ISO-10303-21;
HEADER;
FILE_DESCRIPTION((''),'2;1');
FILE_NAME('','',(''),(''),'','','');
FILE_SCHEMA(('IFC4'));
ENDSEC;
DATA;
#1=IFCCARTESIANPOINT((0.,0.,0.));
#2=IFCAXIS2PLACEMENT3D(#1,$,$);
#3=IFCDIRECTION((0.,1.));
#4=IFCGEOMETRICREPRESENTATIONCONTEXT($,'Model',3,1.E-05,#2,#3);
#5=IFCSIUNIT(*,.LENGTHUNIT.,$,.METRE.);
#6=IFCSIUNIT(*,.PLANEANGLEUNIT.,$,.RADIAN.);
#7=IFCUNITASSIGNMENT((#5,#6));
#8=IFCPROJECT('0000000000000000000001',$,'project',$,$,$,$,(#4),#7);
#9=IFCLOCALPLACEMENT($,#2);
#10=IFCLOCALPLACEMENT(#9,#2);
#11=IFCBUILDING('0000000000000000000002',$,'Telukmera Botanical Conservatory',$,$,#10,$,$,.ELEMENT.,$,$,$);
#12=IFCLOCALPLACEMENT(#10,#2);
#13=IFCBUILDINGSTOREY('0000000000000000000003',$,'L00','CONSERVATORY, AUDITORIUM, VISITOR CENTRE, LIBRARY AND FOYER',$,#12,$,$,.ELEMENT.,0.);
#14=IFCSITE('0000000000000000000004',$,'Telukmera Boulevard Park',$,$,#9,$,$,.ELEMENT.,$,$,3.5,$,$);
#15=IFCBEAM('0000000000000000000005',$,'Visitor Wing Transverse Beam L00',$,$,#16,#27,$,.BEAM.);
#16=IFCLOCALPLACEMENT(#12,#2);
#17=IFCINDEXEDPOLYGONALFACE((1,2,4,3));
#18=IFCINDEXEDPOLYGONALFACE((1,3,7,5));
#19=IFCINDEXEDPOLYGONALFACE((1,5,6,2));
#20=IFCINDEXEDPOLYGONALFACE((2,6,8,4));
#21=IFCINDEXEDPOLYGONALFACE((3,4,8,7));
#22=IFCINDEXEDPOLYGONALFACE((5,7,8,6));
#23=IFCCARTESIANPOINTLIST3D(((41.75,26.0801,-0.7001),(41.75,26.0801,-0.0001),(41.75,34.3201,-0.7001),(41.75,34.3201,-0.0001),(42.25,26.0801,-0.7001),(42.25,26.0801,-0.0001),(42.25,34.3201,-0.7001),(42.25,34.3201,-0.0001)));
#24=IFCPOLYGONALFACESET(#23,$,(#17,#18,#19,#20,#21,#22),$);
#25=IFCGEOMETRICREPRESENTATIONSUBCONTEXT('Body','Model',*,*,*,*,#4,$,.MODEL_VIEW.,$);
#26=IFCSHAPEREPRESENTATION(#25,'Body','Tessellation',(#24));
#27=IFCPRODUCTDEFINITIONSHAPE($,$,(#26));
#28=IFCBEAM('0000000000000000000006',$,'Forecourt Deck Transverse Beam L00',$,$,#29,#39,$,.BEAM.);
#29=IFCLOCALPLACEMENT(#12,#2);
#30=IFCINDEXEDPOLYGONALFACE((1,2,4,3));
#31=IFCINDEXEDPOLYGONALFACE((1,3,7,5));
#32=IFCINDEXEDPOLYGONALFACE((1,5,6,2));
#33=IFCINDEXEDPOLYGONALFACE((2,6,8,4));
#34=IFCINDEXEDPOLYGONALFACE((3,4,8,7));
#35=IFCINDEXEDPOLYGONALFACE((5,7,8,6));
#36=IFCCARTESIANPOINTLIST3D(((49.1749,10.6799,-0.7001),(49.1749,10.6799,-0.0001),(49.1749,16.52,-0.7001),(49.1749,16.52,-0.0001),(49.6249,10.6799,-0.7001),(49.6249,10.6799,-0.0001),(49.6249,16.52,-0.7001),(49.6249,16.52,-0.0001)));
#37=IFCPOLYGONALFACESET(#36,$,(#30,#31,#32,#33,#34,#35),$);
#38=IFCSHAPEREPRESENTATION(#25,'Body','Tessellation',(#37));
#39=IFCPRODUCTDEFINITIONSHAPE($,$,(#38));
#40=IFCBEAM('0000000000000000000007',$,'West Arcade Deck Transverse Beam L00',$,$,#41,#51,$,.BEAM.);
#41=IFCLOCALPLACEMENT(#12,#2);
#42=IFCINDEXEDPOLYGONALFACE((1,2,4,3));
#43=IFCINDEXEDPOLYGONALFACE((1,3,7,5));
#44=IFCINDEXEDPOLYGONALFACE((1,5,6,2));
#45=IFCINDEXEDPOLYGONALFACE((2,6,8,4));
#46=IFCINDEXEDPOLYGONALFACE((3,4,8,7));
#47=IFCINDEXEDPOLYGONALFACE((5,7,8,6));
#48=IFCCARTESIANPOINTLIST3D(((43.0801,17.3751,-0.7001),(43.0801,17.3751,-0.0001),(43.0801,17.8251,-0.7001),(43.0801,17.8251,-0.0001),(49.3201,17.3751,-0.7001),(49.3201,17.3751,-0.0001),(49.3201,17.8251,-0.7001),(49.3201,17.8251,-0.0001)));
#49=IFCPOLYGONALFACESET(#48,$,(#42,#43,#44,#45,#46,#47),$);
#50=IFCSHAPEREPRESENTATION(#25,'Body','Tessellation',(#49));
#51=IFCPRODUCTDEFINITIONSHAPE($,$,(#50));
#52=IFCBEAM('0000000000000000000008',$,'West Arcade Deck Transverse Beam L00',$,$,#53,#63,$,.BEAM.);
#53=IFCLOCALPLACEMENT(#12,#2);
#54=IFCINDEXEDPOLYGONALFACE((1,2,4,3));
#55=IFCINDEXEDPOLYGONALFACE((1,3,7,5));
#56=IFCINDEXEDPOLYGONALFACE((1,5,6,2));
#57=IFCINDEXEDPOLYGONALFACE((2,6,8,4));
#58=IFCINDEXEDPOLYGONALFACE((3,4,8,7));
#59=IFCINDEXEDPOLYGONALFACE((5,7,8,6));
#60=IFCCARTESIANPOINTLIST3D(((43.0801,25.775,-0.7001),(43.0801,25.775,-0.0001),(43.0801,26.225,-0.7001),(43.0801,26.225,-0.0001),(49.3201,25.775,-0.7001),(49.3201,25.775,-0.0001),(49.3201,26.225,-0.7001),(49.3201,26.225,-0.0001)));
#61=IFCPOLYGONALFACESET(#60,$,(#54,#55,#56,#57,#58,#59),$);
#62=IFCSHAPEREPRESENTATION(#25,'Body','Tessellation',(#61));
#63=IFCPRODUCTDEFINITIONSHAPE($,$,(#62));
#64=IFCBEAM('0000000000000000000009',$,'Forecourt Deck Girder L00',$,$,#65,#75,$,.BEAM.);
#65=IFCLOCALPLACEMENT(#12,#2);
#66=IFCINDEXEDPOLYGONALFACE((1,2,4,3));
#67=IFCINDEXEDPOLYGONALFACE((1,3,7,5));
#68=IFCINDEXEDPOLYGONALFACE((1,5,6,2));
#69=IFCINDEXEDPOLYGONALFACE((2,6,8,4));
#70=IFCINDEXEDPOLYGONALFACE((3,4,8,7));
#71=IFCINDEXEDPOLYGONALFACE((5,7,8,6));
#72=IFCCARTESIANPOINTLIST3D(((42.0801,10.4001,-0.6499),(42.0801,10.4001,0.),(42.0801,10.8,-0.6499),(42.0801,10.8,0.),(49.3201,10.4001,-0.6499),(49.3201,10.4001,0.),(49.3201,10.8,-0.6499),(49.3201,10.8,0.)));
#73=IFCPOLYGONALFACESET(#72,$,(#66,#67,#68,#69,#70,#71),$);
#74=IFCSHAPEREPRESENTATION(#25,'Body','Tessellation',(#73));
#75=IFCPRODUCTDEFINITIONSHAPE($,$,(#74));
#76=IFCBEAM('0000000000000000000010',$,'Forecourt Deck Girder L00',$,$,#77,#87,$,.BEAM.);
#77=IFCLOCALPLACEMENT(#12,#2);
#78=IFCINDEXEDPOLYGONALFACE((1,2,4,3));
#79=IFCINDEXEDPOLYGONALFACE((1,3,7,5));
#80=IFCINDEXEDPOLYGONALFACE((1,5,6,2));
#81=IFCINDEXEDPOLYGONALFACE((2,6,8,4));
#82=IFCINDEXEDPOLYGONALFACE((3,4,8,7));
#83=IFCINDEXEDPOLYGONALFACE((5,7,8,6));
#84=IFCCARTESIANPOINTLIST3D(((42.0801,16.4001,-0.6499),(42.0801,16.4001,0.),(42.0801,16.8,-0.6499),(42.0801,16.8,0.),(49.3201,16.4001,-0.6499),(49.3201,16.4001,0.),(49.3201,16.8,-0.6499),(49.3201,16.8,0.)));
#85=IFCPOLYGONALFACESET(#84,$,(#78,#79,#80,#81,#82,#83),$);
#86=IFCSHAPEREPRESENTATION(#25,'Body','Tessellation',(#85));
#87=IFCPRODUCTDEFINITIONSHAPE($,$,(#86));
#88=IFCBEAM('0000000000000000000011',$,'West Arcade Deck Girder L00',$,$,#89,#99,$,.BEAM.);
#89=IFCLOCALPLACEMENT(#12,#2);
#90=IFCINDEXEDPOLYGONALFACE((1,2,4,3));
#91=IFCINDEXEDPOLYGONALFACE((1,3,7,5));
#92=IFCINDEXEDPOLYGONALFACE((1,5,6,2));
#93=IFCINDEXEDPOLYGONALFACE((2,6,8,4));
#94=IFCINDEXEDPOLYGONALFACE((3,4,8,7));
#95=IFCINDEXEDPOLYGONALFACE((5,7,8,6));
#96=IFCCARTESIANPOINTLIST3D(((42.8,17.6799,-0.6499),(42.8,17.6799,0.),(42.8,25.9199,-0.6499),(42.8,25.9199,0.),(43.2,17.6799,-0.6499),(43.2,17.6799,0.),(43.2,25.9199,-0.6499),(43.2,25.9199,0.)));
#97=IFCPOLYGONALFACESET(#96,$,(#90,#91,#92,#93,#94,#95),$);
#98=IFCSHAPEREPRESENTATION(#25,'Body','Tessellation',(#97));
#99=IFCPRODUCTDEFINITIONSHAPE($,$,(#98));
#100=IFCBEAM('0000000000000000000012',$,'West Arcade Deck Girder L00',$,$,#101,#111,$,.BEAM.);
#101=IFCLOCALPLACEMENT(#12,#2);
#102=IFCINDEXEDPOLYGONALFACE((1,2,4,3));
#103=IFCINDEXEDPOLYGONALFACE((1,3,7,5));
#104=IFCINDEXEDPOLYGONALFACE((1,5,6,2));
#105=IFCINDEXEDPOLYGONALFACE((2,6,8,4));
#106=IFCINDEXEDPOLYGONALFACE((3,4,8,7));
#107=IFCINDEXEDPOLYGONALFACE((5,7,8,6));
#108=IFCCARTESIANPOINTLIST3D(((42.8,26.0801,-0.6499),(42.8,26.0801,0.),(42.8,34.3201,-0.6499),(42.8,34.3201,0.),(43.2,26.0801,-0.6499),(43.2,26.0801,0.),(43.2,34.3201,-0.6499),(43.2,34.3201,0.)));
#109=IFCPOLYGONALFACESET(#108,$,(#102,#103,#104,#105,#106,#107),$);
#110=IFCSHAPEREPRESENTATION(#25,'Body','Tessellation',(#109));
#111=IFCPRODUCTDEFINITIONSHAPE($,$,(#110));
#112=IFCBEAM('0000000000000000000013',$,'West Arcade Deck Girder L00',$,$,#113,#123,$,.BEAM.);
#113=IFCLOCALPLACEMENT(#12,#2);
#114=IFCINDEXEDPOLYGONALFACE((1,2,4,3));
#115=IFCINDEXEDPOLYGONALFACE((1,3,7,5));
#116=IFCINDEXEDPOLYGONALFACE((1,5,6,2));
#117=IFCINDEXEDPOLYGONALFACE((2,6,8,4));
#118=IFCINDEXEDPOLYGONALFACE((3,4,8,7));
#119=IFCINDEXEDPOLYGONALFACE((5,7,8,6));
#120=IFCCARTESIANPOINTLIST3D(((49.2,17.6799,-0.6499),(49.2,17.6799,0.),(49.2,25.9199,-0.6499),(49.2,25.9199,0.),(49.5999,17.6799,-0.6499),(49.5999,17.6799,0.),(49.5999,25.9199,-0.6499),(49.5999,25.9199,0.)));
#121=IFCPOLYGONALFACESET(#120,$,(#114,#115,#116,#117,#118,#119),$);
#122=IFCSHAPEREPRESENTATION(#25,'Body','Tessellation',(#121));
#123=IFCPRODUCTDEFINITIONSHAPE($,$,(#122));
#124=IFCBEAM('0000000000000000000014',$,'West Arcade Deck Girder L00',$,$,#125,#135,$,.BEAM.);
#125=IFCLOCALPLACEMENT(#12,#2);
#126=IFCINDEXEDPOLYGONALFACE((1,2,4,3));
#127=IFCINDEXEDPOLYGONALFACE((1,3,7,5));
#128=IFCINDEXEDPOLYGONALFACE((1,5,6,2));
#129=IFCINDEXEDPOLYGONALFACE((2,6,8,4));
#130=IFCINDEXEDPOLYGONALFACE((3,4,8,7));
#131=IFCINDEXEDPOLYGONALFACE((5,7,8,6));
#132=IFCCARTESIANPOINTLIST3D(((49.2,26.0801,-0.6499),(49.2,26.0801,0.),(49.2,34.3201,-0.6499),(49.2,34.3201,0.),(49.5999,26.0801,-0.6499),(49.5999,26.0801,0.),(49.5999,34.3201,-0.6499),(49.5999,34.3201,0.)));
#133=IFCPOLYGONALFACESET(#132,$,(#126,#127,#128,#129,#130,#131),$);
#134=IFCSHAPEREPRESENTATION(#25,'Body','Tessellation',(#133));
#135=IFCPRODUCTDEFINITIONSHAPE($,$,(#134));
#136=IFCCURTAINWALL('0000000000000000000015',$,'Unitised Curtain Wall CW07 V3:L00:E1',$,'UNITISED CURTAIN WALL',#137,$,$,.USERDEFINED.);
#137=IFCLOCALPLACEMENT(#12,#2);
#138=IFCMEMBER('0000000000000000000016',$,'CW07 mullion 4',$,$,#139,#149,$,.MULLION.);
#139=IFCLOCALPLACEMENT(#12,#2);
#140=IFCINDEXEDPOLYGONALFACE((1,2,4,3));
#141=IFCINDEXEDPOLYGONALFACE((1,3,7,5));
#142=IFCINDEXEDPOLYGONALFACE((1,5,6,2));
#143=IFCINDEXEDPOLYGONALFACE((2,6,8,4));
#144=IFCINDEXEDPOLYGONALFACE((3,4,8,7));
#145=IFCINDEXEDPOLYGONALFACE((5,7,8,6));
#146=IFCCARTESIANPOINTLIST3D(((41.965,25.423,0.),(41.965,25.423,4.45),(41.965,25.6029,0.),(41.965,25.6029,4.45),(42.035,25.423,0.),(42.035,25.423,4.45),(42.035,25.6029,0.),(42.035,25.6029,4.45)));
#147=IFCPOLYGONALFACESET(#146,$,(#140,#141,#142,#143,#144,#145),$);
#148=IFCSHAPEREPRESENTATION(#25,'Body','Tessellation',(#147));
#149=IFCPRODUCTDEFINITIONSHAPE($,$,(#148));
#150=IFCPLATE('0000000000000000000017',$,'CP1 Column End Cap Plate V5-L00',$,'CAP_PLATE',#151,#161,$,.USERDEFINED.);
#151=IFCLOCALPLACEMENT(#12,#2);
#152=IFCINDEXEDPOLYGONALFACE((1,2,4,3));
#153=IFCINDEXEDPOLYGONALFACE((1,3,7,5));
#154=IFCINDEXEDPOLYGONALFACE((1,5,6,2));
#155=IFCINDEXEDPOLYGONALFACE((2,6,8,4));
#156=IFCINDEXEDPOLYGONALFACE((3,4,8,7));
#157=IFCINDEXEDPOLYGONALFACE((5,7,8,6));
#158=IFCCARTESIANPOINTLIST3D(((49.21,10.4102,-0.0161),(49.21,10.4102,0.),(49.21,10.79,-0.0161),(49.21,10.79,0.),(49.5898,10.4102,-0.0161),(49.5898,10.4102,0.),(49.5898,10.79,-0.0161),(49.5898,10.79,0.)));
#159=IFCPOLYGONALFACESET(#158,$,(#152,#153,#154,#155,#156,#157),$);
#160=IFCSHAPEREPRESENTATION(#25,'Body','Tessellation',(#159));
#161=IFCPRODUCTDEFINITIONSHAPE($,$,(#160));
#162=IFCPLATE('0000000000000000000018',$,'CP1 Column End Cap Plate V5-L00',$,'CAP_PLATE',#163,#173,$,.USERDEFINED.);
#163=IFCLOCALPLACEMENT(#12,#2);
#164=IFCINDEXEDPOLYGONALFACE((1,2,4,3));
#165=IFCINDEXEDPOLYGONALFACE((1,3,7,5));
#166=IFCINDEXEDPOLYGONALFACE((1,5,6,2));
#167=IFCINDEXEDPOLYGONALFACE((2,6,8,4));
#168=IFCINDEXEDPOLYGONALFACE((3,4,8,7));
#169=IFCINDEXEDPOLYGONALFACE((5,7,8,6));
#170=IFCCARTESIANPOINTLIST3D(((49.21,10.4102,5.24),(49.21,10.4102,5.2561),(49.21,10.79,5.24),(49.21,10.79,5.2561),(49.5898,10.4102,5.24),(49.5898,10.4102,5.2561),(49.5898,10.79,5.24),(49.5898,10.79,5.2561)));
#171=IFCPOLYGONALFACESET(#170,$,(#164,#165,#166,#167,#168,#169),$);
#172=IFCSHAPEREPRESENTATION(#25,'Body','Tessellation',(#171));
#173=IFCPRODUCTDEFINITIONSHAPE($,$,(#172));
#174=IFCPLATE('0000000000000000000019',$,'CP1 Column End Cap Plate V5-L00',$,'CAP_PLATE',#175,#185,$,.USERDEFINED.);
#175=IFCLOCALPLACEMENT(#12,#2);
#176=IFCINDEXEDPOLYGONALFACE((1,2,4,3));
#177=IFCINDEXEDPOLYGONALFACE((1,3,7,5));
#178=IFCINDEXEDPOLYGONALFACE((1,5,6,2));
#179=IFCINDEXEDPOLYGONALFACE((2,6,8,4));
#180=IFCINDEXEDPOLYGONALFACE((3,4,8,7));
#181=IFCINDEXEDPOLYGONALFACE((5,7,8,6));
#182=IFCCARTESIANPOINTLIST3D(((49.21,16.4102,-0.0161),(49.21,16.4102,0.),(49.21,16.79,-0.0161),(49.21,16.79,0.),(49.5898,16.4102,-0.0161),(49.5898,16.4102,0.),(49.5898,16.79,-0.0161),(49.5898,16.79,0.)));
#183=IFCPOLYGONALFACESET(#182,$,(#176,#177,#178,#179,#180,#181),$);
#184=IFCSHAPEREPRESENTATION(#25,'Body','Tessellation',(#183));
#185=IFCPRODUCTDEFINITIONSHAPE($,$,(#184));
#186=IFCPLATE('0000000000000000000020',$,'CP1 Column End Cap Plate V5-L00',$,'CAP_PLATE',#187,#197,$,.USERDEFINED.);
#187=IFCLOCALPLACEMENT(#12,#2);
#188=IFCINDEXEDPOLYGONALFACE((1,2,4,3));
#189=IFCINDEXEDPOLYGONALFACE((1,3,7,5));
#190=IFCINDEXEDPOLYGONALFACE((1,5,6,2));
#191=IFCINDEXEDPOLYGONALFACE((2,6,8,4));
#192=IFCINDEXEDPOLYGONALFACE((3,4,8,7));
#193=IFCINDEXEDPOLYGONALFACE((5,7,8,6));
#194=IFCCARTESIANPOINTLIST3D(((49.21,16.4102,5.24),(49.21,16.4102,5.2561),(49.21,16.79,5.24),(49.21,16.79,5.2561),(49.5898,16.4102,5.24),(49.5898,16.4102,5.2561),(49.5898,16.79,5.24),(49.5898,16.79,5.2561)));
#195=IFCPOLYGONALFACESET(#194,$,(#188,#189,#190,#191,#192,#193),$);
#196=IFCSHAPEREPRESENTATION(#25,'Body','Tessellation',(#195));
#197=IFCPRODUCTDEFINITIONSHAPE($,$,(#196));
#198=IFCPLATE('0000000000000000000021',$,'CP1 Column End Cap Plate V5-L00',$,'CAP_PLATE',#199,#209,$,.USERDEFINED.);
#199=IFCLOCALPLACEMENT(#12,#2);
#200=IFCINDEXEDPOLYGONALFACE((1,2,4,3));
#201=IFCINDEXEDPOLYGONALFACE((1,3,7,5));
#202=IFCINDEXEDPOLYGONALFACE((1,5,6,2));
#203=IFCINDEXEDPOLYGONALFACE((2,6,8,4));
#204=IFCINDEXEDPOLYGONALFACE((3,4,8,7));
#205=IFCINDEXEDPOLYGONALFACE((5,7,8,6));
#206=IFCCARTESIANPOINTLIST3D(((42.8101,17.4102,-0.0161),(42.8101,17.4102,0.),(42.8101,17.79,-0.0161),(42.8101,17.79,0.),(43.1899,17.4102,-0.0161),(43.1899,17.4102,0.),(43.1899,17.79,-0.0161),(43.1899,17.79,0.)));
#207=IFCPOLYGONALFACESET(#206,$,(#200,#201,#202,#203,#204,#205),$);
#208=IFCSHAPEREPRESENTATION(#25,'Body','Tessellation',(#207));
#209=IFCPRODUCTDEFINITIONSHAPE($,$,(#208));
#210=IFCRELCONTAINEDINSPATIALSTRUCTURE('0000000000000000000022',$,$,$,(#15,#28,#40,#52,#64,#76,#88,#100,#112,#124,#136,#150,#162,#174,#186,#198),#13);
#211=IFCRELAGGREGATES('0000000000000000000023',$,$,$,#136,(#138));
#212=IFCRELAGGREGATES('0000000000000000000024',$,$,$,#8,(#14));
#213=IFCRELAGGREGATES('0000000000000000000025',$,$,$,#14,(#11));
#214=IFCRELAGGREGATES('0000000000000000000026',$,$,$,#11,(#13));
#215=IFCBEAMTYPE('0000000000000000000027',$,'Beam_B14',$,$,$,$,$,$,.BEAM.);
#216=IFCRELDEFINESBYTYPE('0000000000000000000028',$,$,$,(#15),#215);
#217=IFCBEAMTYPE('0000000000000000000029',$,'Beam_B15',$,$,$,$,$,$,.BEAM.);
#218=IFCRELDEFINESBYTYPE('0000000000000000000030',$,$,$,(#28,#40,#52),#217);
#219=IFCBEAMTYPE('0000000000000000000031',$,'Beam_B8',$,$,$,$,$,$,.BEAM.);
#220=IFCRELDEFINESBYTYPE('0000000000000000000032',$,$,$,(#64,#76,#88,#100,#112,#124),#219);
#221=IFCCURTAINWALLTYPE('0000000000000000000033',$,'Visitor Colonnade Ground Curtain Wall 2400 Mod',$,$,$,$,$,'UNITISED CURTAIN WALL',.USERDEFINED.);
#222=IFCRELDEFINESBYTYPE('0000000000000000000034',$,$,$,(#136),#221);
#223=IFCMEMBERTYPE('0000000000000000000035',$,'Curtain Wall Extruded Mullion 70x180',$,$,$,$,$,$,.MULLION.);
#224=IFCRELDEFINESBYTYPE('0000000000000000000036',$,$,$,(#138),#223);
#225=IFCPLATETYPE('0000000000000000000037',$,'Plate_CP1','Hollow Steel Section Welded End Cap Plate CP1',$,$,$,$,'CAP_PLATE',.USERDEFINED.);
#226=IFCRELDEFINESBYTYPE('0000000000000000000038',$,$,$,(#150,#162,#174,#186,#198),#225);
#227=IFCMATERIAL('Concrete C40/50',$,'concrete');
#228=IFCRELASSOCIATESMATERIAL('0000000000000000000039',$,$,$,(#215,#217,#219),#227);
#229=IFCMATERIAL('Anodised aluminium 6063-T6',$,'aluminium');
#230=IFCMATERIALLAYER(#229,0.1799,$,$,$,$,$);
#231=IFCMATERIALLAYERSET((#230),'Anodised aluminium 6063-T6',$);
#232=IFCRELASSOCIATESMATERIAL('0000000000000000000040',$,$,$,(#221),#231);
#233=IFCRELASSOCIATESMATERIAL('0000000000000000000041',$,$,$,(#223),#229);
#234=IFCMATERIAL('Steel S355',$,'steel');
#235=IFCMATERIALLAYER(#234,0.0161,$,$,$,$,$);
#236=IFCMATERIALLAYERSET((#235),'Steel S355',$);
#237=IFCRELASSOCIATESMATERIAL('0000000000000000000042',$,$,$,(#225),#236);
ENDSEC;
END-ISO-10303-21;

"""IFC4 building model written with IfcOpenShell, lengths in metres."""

from ifc_helpers import new_model, si_unit, direction, frame, origin, origin_2d, place, context, subcontext, project, spatial, rectangle, extrude, material, layer, layer_set, material_profile, profile_set, type_object, element, aggregate, save


model = new_model("IFC4")

# Units and contexts
model_context = context("Model", 3, precision=1e-05, world=origin(), true_north=direction((0.0, 1.0)))
body_context = subcontext(model_context, "Body", "Model", "MODEL_VIEW")
ifc_project = project(units=[si_unit("LENGTHUNIT", "METRE"), si_unit("PLANEANGLEUNIT", "RADIAN")], contexts=[model_context])

# Site, building, storey
site_placement = place(None, origin())
site = spatial("IfcSite", under=ifc_project, at=site_placement, Name="Telukmera Boulevard Park", CompositionType="ELEMENT", RefElevation=3.5)
building_placement = place(site_placement, origin())
building = spatial("IfcBuilding", under=site, at=building_placement, Name="Telukmera Botanical Conservatory", CompositionType="ELEMENT")
storey_placement = place(building_placement, origin())
storey = spatial("IfcBuildingStorey", under=building, at=storey_placement, Name="L00", Description="CONSERVATORY, AUDITORIUM, VISITOR CENTRE, LIBRARY AND FOYER", CompositionType="ELEMENT", Elevation=0.0)

# Shared definitions
ifc_material_1 = material(Name="Concrete C40/50", Category="concrete")
ifc_material_2 = material(Name="Steel S355", Category="steel")

# Beams
ifc_material_profile_1 = material_profile(ifc_material_1, rectangle(XDim=0.5, YDim=0.7, at=origin_2d()), Name="RC 500x700")
ifc_profile_set_1 = profile_set([ifc_material_profile_1], Name="Concrete C40/50")
beam_type_1 = type_object("IfcBeamType", Name="Beam_B14", PredefinedType="BEAM", material=ifc_profile_set_1)
beam_1_placement = place(storey_placement, frame((42.0, 26.0801, -0.3501), z_axis=(0.0, 1.0, 0.0), x_axis=(-1.0, 0.0, 0.0)))
element("IfcBeam", 1, at=beam_1_placement, inside=storey, type_object=beam_type_1, Name="Visitor Wing Transverse Beam L00", PredefinedType="BEAM", context=body_context, shape_type="SweptSolid", body=[
    extrude(rectangle(XDim=0.5, YDim=0.7, at=origin_2d()), origin(), (0.0, 0.0, 1.0), 8.24),
])
ifc_material_profile_2 = material_profile(ifc_material_1, rectangle(XDim=0.45, YDim=0.7, at=origin_2d()), Name="RC 450x700")
ifc_profile_set_2 = profile_set([ifc_material_profile_2], Name="Concrete C40/50")
beam_type_2 = type_object("IfcBeamType", Name="Beam_B15", PredefinedType="BEAM", material=ifc_profile_set_2)
beam_2_placement = place(storey_placement, frame((49.3999, 10.6799, -0.3501), z_axis=(0.0, 1.0, 0.0), x_axis=(-1.0, 0.0, 0.0)))
element("IfcBeam", 2, at=beam_2_placement, inside=storey, type_object=beam_type_2, Name="Forecourt Deck Transverse Beam L00", PredefinedType="BEAM", context=body_context, shape_type="SweptSolid", body=[
    extrude(rectangle(XDim=0.45, YDim=0.7, at=origin_2d()), origin(), (0.0, 0.0, 1.0), 5.8401),
])
for number, where, z_axis, x_axis, name in (
    (3, (43.0801, 17.6001, -0.3501), (1.0, 0.0, 0.0), (0.0, 1.0, 0.0), "West Arcade Deck Transverse Beam L00"),
    (4, (43.0801, 26.0, -0.3501), (1.0, 0.0, 0.0), (0.0, 1.0, 0.0), "West Arcade Deck Transverse Beam L00"),
):
    element("IfcBeam", number, at=place(storey_placement, frame(where, z_axis=z_axis, x_axis=x_axis)), inside=storey, type_object=beam_type_2, Name=name, PredefinedType="BEAM", context=body_context, shape_type="SweptSolid", body=[
        extrude(rectangle(XDim=0.45, YDim=0.7, at=origin_2d()), origin(), (0.0, 0.0, 1.0), 6.24),
    ])
ifc_material_profile_3 = material_profile(ifc_material_1, rectangle(XDim=0.3999, YDim=0.6499, at=origin_2d()), Name="RC 400x650")
ifc_profile_set_3 = profile_set([ifc_material_profile_3], Name="Concrete C40/50")
beam_type_3 = type_object("IfcBeamType", Name="Beam_B8", PredefinedType="BEAM", material=ifc_profile_set_3)
for number, where, z_axis, x_axis, name in (
    (5, (42.0801, 10.6001, -0.325), (1.0, 0.0, 0.0), (0.0, 1.0, 0.0), "Forecourt Deck Girder L00"),
    (6, (42.0801, 16.6001, -0.325), (1.0, 0.0, 0.0), (0.0, 1.0, 0.0), "Forecourt Deck Girder L00"),
):
    element("IfcBeam", number, at=place(storey_placement, frame(where, z_axis=z_axis, x_axis=x_axis)), inside=storey, type_object=beam_type_3, Name=name, PredefinedType="BEAM", context=body_context, shape_type="SweptSolid", body=[
        extrude(rectangle(XDim=0.3999, YDim=0.6499, at=origin_2d()), origin(), (0.0, 0.0, 1.0), 7.24),
    ])
for number, where, z_axis, x_axis, name in (
    (7, (43.0, 17.6799, -0.325), (0.0, 1.0, 0.0), (-1.0, 0.0, 0.0), "West Arcade Deck Girder L00"),
    (8, (43.0, 26.0801, -0.325), (0.0, 1.0, 0.0), (-1.0, 0.0, 0.0), "West Arcade Deck Girder L00"),
    (9, (49.3999, 17.6799, -0.325), (0.0, 1.0, 0.0), (-1.0, 0.0, 0.0), "West Arcade Deck Girder L00"),
    (10, (49.3999, 26.0801, -0.325), (0.0, 1.0, 0.0), (-1.0, 0.0, 0.0), "West Arcade Deck Girder L00"),
):
    element("IfcBeam", number, at=place(storey_placement, frame(where, z_axis=z_axis, x_axis=x_axis)), inside=storey, type_object=beam_type_3, Name=name, PredefinedType="BEAM", context=body_context, shape_type="SweptSolid", body=[
        extrude(rectangle(XDim=0.3999, YDim=0.6499, at=origin_2d()), origin(), (0.0, 0.0, 1.0), 8.24),
    ])

# Curtain wall, member
ifc_material_3 = material(Name="Anodised aluminium 6063-T6", Category="aluminium")
ifc_layer_1 = layer(ifc_material_3, 0.1799)
ifc_layer_set_1 = layer_set([ifc_layer_1], Name="Anodised aluminium 6063-T6")
curtain_wall_type = type_object("IfcCurtainWallType", Name="Visitor Colonnade Ground Curtain Wall 2400 Mod", ElementType="UNITISED CURTAIN WALL", PredefinedType="USERDEFINED", material=ifc_layer_set_1)
curtain_wall_placement = place(storey_placement, origin())
curtain_wall = element("IfcCurtainWall", 11, at=curtain_wall_placement, inside=storey, type_object=curtain_wall_type, Name="Unitised Curtain Wall CW07 V3:L00:E1", ObjectType="UNITISED CURTAIN WALL", PredefinedType="USERDEFINED")
ifc_material_profile_4 = material_profile(ifc_material_3, rectangle(XDim=0.0701, YDim=0.1799, at=origin_2d()), Name="ALU MULL 70x180")
ifc_profile_set_4 = profile_set([ifc_material_profile_4], Name="Anodised aluminium 6063-T6")
member_type = type_object("IfcMemberType", Name="Curtain Wall Extruded Mullion 70x180", PredefinedType="MULLION", material=ifc_profile_set_4)
member_placement = place(storey_placement, frame((42.0, 25.5129, 0.0), z_axis=(0.0, 0.0, 1.0), x_axis=(-1.0, 0.0, 0.0)))
member = element("IfcMember", 12, at=member_placement, type_object=member_type, Name="CW07 mullion 4", PredefinedType="MULLION", context=body_context, shape_type="SweptSolid", body=[
    extrude(rectangle(XDim=0.0701, YDim=0.1799, at=origin_2d()), origin(), (0.0, 0.0, 1.0), 4.45),
])

# Plates
ifc_layer_2 = layer(ifc_material_2, 0.0161)
ifc_layer_set_2 = layer_set([ifc_layer_2], Name="Steel S355")
plate_type_1 = type_object("IfcPlateType", Name="Plate_CP1", Description="Hollow Steel Section Welded End Cap Plate CP1", ElementType="CAP_PLATE", PredefinedType="USERDEFINED", material=ifc_layer_set_2)
for number, where, z_axis, x_axis, name in (
    (13, (49.3999, 10.6001, -0.0161), (0.0, 0.0, 1.0), (1.0, 0.0, 0.0), "CP1 Column End Cap Plate V5-L00"),
    (14, (49.3999, 10.6001, 5.24), (0.0, 0.0, 1.0), (1.0, 0.0, 0.0), "CP1 Column End Cap Plate V5-L00"),
    (15, (49.3999, 16.6001, -0.0161), (0.0, 0.0, 1.0), (1.0, 0.0, 0.0), "CP1 Column End Cap Plate V5-L00"),
    (16, (49.3999, 16.6001, 5.24), (0.0, 0.0, 1.0), (1.0, 0.0, 0.0), "CP1 Column End Cap Plate V5-L00"),
    (17, (43.0, 17.6001, -0.0161), (0.0, 0.0, 1.0), (1.0, 0.0, 0.0), "CP1 Column End Cap Plate V5-L00"),
):
    element("IfcPlate", number, at=place(storey_placement, frame(where, z_axis=z_axis, x_axis=x_axis)), inside=storey, type_object=plate_type_1, Name=name, ObjectType="CAP_PLATE", PredefinedType="USERDEFINED", context=body_context, shape_type="SweptSolid", body=[
        extrude(rectangle(XDim=0.3799, YDim=0.3799, at=origin_2d()), origin(), (0.0, 0.0, 1.0), 0.0161),
    ])

aggregate(curtain_wall, [member])

save(model, "model.ifc")
